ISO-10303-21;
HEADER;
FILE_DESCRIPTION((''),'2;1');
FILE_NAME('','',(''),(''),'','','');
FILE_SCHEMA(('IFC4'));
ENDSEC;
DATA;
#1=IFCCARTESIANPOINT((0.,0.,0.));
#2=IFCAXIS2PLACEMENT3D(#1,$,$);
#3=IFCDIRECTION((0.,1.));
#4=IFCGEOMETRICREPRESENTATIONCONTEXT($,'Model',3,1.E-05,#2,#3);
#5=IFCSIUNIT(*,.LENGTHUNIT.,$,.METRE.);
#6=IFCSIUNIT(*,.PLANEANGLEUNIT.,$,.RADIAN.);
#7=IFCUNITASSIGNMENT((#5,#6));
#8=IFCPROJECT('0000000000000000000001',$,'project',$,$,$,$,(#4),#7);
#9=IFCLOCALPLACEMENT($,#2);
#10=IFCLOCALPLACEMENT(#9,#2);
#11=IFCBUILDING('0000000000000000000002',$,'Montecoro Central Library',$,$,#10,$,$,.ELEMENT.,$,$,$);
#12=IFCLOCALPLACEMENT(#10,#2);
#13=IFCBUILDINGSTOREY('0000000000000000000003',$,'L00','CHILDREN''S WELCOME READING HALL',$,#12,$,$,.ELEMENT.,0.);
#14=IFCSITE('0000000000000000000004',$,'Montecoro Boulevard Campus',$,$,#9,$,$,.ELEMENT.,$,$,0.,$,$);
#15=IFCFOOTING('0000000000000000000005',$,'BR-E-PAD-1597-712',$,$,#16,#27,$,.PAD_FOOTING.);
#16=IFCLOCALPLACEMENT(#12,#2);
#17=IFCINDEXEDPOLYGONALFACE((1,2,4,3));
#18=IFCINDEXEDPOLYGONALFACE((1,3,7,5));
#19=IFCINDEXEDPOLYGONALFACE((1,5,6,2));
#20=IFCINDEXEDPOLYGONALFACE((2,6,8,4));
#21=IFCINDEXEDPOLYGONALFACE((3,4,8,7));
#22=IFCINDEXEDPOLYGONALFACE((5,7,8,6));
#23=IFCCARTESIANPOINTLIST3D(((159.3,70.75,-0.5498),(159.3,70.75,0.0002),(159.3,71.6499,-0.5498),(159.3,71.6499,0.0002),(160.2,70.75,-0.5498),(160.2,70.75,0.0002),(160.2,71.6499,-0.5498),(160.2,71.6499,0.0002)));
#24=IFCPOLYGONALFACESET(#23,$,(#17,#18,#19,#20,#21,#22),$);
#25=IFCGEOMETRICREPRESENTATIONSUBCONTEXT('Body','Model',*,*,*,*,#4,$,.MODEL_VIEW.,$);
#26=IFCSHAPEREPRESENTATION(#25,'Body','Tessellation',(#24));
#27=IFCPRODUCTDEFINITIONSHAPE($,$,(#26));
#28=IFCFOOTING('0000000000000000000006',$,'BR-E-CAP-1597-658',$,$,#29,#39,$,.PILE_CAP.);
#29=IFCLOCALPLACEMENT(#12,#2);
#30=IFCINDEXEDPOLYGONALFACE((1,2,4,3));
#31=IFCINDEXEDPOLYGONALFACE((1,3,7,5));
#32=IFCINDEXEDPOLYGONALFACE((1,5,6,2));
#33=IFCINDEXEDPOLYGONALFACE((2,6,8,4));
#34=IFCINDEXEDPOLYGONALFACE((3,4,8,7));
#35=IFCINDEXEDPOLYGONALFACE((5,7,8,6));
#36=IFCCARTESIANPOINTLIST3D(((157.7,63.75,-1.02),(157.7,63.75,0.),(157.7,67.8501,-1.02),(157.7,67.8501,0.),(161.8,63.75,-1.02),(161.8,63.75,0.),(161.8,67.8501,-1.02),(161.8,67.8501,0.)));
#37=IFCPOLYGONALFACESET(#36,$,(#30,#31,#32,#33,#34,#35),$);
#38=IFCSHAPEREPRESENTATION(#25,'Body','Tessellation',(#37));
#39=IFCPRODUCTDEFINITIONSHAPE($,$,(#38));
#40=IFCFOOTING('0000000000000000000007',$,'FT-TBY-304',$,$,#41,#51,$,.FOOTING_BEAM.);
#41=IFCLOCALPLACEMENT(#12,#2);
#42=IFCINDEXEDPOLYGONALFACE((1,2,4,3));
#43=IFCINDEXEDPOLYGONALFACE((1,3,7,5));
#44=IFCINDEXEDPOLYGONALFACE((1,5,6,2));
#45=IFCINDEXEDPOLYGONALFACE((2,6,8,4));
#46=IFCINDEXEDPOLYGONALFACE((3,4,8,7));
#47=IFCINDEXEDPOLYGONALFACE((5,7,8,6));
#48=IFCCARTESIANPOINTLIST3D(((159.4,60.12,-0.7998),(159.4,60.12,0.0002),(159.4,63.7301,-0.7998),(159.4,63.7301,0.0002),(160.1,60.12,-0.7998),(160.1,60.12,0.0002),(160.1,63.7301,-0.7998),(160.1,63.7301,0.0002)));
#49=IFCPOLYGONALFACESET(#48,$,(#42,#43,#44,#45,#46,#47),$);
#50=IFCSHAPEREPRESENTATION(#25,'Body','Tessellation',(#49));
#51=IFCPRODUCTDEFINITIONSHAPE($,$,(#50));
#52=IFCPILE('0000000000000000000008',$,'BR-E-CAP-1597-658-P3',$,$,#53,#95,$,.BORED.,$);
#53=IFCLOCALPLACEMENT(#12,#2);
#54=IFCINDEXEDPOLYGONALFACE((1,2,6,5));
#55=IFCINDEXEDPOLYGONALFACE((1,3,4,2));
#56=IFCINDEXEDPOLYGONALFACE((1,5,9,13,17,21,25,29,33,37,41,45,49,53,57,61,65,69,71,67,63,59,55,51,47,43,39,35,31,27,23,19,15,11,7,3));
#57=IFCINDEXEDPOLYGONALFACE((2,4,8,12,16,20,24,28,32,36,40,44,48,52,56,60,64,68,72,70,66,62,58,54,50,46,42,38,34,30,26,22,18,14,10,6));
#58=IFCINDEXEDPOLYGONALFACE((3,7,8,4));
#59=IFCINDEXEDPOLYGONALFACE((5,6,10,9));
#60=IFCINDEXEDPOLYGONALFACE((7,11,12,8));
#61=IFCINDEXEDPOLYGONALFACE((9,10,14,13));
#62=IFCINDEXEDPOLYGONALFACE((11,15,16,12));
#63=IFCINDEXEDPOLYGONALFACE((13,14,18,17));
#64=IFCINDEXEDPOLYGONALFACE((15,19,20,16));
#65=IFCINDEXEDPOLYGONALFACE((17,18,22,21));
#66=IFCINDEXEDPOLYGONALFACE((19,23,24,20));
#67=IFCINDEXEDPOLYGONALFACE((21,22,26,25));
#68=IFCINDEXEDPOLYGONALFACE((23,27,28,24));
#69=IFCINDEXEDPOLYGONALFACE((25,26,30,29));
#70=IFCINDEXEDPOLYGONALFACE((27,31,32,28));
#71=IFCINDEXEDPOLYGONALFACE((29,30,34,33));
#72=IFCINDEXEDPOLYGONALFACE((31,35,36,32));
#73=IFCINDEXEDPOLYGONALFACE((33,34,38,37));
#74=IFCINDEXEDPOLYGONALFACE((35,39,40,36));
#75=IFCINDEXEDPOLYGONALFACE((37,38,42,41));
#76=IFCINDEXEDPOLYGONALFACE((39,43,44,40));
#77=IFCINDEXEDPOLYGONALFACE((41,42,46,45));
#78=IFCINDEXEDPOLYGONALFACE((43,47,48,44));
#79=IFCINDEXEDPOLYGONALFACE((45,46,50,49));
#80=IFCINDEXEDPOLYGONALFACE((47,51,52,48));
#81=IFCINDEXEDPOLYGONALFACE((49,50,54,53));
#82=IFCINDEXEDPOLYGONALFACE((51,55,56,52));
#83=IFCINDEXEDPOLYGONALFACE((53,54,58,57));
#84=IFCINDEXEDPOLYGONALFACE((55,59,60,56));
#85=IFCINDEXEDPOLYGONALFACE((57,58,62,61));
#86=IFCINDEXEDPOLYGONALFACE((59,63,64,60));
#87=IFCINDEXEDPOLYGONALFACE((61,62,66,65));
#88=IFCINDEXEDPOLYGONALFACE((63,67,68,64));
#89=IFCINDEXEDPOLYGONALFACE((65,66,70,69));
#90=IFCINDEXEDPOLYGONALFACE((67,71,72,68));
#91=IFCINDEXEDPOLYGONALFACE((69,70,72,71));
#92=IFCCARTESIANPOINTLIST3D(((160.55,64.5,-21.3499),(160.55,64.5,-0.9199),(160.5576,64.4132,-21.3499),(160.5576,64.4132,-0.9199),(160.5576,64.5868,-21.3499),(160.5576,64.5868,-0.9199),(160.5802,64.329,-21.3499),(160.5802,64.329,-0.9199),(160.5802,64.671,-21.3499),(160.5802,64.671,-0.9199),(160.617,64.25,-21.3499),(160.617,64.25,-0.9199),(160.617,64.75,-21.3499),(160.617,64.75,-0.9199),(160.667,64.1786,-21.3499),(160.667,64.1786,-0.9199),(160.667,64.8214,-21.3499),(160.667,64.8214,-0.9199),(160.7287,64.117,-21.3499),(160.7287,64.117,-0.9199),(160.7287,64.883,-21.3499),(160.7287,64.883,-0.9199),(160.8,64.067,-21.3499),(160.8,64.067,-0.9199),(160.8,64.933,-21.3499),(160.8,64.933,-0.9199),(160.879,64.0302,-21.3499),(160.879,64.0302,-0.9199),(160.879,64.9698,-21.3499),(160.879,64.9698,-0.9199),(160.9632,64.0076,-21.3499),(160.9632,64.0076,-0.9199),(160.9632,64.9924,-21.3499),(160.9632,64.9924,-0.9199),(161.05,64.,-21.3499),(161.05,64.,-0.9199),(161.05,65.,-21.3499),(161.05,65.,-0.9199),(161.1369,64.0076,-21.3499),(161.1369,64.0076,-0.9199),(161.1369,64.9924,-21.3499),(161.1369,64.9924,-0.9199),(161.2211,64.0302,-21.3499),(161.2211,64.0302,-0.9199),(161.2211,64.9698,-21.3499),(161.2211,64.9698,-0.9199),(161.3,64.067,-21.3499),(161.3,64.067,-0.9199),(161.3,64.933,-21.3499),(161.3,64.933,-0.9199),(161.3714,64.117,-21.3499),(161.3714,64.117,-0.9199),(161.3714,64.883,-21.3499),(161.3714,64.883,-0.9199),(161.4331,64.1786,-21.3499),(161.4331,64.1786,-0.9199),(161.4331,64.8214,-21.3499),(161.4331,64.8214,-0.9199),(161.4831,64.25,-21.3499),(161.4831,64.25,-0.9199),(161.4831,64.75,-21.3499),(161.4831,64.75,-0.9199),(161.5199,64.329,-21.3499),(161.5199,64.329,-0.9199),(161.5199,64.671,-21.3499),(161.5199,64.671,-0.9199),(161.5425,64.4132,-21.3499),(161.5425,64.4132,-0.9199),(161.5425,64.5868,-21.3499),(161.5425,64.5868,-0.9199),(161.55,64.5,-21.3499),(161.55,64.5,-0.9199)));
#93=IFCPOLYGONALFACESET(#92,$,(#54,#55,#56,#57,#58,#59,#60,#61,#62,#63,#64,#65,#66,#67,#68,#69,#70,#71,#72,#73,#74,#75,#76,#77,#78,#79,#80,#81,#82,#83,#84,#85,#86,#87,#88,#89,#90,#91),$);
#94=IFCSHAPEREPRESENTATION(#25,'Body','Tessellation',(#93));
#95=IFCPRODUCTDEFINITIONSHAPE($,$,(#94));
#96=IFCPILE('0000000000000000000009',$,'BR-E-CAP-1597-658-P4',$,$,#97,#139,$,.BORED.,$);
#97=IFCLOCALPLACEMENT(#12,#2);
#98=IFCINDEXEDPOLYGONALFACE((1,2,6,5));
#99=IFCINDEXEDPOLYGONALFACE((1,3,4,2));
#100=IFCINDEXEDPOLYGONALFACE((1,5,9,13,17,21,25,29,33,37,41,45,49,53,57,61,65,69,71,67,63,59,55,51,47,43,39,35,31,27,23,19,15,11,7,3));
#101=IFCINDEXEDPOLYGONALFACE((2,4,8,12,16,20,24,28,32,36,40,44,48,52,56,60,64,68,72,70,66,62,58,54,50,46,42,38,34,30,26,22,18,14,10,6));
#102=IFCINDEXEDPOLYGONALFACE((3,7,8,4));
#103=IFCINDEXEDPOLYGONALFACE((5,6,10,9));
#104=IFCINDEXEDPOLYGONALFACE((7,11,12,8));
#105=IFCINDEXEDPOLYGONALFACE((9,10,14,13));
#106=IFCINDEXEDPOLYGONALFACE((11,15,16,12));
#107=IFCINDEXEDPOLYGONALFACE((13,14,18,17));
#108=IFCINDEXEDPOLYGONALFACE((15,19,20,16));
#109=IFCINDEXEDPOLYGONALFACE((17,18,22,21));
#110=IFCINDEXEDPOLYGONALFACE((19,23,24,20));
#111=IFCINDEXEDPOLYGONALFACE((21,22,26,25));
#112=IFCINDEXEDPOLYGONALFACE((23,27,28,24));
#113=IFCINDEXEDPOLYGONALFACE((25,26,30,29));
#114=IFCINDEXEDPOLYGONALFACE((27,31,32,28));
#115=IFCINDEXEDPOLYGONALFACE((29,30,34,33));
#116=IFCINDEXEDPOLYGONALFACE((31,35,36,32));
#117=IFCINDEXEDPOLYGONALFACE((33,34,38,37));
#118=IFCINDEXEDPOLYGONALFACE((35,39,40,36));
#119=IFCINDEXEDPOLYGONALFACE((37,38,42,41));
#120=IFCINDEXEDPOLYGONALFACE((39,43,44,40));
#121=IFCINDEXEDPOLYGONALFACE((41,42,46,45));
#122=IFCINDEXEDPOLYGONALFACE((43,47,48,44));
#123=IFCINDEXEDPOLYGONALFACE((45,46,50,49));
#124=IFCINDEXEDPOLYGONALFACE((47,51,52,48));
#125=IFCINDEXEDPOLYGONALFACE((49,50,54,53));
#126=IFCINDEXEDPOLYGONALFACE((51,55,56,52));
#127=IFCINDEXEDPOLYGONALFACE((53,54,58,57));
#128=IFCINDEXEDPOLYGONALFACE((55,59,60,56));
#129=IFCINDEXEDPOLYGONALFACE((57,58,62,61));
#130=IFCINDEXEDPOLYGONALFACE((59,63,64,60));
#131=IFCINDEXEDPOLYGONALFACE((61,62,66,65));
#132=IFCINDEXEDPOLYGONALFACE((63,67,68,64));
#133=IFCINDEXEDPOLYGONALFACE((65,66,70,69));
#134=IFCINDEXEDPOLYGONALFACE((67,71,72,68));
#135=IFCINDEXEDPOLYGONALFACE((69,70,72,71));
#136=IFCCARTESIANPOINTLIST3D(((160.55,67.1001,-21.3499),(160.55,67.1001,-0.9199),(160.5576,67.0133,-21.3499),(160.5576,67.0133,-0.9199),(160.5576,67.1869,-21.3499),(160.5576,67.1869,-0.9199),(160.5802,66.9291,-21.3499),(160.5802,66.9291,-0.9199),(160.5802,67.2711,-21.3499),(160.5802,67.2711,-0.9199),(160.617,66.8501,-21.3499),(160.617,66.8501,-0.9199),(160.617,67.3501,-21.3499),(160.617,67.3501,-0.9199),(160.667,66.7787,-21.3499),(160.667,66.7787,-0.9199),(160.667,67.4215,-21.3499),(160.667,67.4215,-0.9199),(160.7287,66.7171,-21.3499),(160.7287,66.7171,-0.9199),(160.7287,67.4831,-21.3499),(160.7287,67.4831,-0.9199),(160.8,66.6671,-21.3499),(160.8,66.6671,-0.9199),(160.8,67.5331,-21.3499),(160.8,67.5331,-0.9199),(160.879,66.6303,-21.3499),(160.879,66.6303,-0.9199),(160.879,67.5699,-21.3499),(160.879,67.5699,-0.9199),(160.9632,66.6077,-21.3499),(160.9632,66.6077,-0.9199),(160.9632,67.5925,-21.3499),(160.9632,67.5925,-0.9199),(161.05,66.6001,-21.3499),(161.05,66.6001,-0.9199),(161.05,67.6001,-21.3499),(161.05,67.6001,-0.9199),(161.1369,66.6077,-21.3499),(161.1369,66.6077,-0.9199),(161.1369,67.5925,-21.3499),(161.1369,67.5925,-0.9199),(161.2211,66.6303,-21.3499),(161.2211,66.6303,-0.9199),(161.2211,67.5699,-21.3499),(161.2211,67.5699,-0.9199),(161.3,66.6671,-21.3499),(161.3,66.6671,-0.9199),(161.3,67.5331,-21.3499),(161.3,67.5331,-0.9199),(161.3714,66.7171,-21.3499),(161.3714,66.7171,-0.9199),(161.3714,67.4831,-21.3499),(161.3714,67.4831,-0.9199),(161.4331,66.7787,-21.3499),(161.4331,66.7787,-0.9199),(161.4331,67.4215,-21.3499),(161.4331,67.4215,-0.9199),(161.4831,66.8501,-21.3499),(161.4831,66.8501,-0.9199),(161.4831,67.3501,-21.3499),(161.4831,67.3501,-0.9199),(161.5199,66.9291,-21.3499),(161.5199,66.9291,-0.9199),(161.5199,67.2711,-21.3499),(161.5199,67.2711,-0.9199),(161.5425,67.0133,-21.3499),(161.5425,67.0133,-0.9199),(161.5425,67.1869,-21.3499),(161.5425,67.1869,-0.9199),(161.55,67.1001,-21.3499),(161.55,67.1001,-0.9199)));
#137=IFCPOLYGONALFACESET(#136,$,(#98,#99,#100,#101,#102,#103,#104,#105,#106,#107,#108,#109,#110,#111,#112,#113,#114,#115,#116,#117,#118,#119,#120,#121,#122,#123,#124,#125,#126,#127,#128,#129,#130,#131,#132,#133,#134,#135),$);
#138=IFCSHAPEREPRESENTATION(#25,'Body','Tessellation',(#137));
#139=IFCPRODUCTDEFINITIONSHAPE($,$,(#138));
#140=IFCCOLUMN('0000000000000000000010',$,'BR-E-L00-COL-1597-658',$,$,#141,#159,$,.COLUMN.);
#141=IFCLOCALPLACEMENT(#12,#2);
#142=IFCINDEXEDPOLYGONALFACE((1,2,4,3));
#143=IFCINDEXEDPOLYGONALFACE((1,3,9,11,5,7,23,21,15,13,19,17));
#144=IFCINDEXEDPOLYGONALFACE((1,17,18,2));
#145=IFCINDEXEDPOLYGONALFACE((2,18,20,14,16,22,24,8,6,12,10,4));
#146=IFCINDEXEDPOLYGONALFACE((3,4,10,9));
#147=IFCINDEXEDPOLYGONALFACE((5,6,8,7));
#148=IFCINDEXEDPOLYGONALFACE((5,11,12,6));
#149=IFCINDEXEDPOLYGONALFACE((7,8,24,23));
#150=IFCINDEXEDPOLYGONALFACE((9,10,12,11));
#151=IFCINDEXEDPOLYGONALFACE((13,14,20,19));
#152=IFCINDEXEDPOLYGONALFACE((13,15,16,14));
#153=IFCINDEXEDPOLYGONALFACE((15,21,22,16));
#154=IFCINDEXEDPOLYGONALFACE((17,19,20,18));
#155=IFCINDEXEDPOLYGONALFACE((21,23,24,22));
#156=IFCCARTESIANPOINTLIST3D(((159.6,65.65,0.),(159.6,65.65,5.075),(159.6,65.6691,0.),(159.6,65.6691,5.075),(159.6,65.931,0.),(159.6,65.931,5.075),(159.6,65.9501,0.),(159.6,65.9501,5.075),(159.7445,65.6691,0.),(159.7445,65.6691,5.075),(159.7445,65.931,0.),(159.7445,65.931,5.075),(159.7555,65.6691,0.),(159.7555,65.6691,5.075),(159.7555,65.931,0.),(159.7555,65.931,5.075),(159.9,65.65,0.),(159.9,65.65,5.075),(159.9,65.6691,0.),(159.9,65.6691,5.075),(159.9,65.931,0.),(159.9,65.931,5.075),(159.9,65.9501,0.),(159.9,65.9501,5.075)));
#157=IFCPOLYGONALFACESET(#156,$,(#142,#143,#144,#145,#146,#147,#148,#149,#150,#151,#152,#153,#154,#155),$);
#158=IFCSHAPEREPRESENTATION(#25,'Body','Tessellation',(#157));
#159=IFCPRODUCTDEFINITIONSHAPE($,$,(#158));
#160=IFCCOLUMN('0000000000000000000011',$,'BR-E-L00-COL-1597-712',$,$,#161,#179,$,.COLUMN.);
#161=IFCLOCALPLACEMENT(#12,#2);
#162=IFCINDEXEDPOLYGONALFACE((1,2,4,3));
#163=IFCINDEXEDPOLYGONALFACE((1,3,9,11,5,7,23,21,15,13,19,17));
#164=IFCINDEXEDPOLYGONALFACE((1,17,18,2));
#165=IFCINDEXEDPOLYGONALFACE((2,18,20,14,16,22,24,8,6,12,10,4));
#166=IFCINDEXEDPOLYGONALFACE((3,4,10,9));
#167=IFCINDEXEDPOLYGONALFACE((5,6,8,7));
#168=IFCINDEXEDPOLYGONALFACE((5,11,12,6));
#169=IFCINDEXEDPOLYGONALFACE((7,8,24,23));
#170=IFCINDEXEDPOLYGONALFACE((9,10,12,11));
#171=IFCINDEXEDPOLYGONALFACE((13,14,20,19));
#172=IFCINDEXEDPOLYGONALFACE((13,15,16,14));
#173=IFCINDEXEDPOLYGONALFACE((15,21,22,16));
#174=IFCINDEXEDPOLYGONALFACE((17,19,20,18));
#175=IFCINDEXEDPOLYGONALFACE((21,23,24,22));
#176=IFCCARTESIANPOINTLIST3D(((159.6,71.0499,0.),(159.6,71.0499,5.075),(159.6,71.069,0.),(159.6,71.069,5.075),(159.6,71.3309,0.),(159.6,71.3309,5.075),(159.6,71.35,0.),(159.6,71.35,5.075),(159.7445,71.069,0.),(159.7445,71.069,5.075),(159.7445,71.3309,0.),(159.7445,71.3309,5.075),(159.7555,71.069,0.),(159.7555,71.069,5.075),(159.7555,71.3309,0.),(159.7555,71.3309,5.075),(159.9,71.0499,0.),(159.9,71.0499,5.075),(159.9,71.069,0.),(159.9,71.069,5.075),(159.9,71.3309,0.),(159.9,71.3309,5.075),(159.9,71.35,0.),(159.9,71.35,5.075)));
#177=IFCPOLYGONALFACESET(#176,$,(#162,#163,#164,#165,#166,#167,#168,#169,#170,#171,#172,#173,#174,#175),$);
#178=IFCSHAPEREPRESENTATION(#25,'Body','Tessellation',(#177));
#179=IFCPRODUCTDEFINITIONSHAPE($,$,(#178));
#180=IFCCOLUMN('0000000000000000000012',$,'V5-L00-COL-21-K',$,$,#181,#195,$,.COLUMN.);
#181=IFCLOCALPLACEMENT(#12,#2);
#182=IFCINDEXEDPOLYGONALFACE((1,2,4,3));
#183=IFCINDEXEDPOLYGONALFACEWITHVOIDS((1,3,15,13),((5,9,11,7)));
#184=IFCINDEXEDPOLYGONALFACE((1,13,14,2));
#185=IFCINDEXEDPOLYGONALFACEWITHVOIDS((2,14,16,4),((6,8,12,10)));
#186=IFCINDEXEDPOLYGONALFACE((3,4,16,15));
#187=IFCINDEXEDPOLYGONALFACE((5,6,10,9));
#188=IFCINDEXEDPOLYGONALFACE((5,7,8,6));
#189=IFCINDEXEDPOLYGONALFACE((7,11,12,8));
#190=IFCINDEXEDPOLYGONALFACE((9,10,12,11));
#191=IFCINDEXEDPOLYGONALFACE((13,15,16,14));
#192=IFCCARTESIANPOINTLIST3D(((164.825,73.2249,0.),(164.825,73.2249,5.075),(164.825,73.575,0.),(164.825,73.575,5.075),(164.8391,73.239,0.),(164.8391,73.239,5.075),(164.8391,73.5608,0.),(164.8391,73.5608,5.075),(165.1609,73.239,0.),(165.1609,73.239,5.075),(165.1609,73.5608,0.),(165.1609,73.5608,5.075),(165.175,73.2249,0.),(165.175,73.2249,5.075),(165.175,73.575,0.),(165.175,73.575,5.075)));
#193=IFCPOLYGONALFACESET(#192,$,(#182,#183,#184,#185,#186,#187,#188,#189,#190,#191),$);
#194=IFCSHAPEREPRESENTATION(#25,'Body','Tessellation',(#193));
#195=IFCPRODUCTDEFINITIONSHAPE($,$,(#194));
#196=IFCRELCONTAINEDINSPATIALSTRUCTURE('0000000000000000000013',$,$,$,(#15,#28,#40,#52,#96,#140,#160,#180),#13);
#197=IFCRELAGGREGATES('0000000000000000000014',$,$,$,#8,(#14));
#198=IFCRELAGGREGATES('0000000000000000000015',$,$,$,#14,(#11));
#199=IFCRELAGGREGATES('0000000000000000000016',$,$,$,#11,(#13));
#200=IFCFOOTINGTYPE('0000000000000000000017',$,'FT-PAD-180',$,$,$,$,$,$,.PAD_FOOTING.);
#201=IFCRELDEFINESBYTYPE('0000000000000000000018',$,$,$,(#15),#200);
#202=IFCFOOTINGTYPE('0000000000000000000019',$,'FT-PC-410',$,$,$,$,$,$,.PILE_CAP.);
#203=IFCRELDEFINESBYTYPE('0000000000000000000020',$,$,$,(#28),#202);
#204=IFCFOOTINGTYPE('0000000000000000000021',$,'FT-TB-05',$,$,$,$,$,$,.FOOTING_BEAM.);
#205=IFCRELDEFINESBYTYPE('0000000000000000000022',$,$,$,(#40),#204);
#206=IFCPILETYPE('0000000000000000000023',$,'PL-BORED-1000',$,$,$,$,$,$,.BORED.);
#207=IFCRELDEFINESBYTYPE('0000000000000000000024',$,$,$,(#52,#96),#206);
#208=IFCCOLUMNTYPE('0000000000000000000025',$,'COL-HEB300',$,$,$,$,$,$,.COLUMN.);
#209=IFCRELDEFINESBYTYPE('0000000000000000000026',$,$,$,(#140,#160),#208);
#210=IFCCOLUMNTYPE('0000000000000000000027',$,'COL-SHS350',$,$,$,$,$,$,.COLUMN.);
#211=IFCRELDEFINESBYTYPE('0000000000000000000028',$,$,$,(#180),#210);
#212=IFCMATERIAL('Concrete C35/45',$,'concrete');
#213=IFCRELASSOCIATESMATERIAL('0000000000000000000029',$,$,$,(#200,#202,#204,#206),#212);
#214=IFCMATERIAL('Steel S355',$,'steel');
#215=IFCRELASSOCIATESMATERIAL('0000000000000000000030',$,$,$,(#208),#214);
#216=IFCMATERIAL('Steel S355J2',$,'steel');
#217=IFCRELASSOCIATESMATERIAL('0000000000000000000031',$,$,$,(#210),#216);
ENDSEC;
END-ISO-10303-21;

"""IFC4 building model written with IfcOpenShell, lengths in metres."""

from ifc_helpers import new_model, si_unit, direction, frame, origin, origin_2d, place, context, subcontext, project, spatial, rectangle, hollow_rectangle, circle, i_section, extrude, material, material_profile, profile_set, type_object, element, save


model = new_model("IFC4")

# Units and contexts
model_context = context("Model", 3, precision=1e-05, world=origin(), true_north=direction((0.0, 1.0)))
body_context = subcontext(model_context, "Body", "Model", "MODEL_VIEW")
ifc_project = project(units=[si_unit("LENGTHUNIT", "METRE"), si_unit("PLANEANGLEUNIT", "RADIAN")], contexts=[model_context])

# Site, building, storey
site_placement = place(None, origin())
site = spatial("IfcSite", under=ifc_project, at=site_placement, Name="Montecoro Boulevard Campus", CompositionType="ELEMENT", RefElevation=0.0)
building_placement = place(site_placement, origin())
building = spatial("IfcBuilding", under=site, at=building_placement, Name="Montecoro Central Library", CompositionType="ELEMENT")
storey_placement = place(building_placement, origin())
storey = spatial("IfcBuildingStorey", under=building, at=storey_placement, Name="L00", Description="CHILDREN'S WELCOME READING HALL", CompositionType="ELEMENT", Elevation=0.0)

# Footings
ifc_material_1 = material(Name="Concrete C35/45", Category="concrete")
footing_type_1 = type_object("IfcFootingType", Name="FT-PAD-180", PredefinedType="PAD_FOOTING", material=ifc_material_1)
footing_1_placement = place(storey_placement, frame((159.75, 71.2, -0.5498), z_axis=(0.0, 0.0, 1.0), x_axis=(1.0, 0.0, 0.0)))
element("IfcFooting", 1, at=footing_1_placement, inside=storey, type_object=footing_type_1, Name="BR-E-PAD-1597-712", PredefinedType="PAD_FOOTING", context=body_context, shape_type="SweptSolid", body=[
    extrude(rectangle(XDim=0.8999, YDim=0.8999, at=origin_2d()), origin(), (0.0, 0.0, 1.0), 0.55),
])
footing_type_2 = type_object("IfcFootingType", Name="FT-PC-410", PredefinedType="PILE_CAP", material=ifc_material_1)
footing_2_placement = place(storey_placement, frame((159.75, 65.8, -1.02), z_axis=(0.0, 0.0, 1.0), x_axis=(1.0, 0.0, 0.0)))
element("IfcFooting", 2, at=footing_2_placement, inside=storey, type_object=footing_type_2, Name="BR-E-CAP-1597-658", PredefinedType="PILE_CAP", context=body_context, shape_type="SweptSolid", body=[
    extrude(rectangle(XDim=4.1001, YDim=4.1001, at=origin_2d()), origin(), (0.0, 0.0, 1.0), 1.02),
])
footing_type_3 = type_object("IfcFootingType", Name="FT-TB-05", PredefinedType="FOOTING_BEAM", material=ifc_material_1)
footing_3_placement = place(storey_placement, frame((159.75, 61.925, -0.7998), z_axis=(0.0, 0.0, 1.0), x_axis=(1.0, 0.0, 0.0)))
element("IfcFooting", 3, at=footing_3_placement, inside=storey, type_object=footing_type_3, Name="FT-TBY-304", PredefinedType="FOOTING_BEAM", context=body_context, shape_type="SweptSolid", body=[
    extrude(rectangle(XDim=0.7, YDim=3.6101, at=origin_2d()), origin(), (0.0, 0.0, 1.0), 0.8),
])

# Piles
ifc_material_profile_1 = material_profile(ifc_material_1, circle(Radius=0.5, at=origin_2d()), Name="PILE D1000")
ifc_profile_set_1 = profile_set([ifc_material_profile_1], Name="Concrete C35/45")
pile_type = type_object("IfcPileType", Name="PL-BORED-1000", PredefinedType="BORED", material=ifc_profile_set_1)
for number, where, z_axis, x_axis, name in (
    (4, (161.05, 64.5, -0.9199), (0.0, 0.0, -1.0), (1.0, 0.0, 0.0), "BR-E-CAP-1597-658-P3"),
    (5, (161.05, 67.1001, -0.9199), (0.0, 0.0, -1.0), (1.0, 0.0, 0.0), "BR-E-CAP-1597-658-P4"),
):
    element("IfcPile", number, at=place(storey_placement, frame(where, z_axis=z_axis, x_axis=x_axis)), inside=storey, type_object=pile_type, Name=name, PredefinedType="BORED", context=body_context, shape_type="SweptSolid", body=[
        extrude(circle(Radius=0.5, at=origin_2d()), origin(), (0.0, 0.0, 1.0), 20.4299),
    ])

# Columns
ifc_material_2 = material(Name="Steel S355", Category="steel")
ifc_material_profile_2 = material_profile(ifc_material_2, i_section(OverallWidth=0.3, OverallDepth=0.3, WebThickness=0.011, FlangeThickness=0.019, at=origin_2d()), Name="HEB 300")
ifc_profile_set_2 = profile_set([ifc_material_profile_2], Name="Steel S355")
column_type_1 = type_object("IfcColumnType", Name="COL-HEB300", PredefinedType="COLUMN", material=ifc_profile_set_2)
for number, where, z_axis, x_axis, name in (
    (6, (159.75, 65.8, 0.0), (0.0, 0.0, 1.0), (1.0, 0.0, 0.0), "BR-E-L00-COL-1597-658"),
    (7, (159.75, 71.2, 0.0), (0.0, 0.0, 1.0), (1.0, 0.0, 0.0), "BR-E-L00-COL-1597-712"),
):
    element("IfcColumn", number, at=place(storey_placement, frame(where, z_axis=z_axis, x_axis=x_axis)), inside=storey, type_object=column_type_1, Name=name, PredefinedType="COLUMN", context=body_context, shape_type="SweptSolid", body=[
        extrude(i_section(OverallWidth=0.3, OverallDepth=0.3, WebThickness=0.011, FlangeThickness=0.019, at=origin_2d()), origin(), (0.0, 0.0, 1.0), 5.075),
    ])
ifc_material_3 = material(Name="Steel S355J2", Category="steel")
ifc_material_profile_3 = material_profile(ifc_material_3, hollow_rectangle(XDim=0.3501, YDim=0.3501, WallThickness=0.0142, at=origin_2d()), Name="SHS 350x350x14.2")
ifc_profile_set_3 = profile_set([ifc_material_profile_3], Name="Steel S355J2")
column_type_2 = type_object("IfcColumnType", Name="COL-SHS350", PredefinedType="COLUMN", material=ifc_profile_set_3)
for number, where, z_axis, x_axis, name in (
    (8, (165.0, 73.3999, 0.0), (0.0, 0.0, 1.0), (1.0, 0.0, 0.0), "V5-L00-COL-21-K"),
):
    element("IfcColumn", number, at=place(storey_placement, frame(where, z_axis=z_axis, x_axis=x_axis)), inside=storey, type_object=column_type_2, Name=name, PredefinedType="COLUMN", context=body_context, shape_type="SweptSolid", body=[
        extrude(hollow_rectangle(XDim=0.3501, YDim=0.3501, WallThickness=0.0142, at=origin_2d()), origin(), (0.0, 0.0, 1.0), 5.075),
    ])

save(model, "model.ifc")
